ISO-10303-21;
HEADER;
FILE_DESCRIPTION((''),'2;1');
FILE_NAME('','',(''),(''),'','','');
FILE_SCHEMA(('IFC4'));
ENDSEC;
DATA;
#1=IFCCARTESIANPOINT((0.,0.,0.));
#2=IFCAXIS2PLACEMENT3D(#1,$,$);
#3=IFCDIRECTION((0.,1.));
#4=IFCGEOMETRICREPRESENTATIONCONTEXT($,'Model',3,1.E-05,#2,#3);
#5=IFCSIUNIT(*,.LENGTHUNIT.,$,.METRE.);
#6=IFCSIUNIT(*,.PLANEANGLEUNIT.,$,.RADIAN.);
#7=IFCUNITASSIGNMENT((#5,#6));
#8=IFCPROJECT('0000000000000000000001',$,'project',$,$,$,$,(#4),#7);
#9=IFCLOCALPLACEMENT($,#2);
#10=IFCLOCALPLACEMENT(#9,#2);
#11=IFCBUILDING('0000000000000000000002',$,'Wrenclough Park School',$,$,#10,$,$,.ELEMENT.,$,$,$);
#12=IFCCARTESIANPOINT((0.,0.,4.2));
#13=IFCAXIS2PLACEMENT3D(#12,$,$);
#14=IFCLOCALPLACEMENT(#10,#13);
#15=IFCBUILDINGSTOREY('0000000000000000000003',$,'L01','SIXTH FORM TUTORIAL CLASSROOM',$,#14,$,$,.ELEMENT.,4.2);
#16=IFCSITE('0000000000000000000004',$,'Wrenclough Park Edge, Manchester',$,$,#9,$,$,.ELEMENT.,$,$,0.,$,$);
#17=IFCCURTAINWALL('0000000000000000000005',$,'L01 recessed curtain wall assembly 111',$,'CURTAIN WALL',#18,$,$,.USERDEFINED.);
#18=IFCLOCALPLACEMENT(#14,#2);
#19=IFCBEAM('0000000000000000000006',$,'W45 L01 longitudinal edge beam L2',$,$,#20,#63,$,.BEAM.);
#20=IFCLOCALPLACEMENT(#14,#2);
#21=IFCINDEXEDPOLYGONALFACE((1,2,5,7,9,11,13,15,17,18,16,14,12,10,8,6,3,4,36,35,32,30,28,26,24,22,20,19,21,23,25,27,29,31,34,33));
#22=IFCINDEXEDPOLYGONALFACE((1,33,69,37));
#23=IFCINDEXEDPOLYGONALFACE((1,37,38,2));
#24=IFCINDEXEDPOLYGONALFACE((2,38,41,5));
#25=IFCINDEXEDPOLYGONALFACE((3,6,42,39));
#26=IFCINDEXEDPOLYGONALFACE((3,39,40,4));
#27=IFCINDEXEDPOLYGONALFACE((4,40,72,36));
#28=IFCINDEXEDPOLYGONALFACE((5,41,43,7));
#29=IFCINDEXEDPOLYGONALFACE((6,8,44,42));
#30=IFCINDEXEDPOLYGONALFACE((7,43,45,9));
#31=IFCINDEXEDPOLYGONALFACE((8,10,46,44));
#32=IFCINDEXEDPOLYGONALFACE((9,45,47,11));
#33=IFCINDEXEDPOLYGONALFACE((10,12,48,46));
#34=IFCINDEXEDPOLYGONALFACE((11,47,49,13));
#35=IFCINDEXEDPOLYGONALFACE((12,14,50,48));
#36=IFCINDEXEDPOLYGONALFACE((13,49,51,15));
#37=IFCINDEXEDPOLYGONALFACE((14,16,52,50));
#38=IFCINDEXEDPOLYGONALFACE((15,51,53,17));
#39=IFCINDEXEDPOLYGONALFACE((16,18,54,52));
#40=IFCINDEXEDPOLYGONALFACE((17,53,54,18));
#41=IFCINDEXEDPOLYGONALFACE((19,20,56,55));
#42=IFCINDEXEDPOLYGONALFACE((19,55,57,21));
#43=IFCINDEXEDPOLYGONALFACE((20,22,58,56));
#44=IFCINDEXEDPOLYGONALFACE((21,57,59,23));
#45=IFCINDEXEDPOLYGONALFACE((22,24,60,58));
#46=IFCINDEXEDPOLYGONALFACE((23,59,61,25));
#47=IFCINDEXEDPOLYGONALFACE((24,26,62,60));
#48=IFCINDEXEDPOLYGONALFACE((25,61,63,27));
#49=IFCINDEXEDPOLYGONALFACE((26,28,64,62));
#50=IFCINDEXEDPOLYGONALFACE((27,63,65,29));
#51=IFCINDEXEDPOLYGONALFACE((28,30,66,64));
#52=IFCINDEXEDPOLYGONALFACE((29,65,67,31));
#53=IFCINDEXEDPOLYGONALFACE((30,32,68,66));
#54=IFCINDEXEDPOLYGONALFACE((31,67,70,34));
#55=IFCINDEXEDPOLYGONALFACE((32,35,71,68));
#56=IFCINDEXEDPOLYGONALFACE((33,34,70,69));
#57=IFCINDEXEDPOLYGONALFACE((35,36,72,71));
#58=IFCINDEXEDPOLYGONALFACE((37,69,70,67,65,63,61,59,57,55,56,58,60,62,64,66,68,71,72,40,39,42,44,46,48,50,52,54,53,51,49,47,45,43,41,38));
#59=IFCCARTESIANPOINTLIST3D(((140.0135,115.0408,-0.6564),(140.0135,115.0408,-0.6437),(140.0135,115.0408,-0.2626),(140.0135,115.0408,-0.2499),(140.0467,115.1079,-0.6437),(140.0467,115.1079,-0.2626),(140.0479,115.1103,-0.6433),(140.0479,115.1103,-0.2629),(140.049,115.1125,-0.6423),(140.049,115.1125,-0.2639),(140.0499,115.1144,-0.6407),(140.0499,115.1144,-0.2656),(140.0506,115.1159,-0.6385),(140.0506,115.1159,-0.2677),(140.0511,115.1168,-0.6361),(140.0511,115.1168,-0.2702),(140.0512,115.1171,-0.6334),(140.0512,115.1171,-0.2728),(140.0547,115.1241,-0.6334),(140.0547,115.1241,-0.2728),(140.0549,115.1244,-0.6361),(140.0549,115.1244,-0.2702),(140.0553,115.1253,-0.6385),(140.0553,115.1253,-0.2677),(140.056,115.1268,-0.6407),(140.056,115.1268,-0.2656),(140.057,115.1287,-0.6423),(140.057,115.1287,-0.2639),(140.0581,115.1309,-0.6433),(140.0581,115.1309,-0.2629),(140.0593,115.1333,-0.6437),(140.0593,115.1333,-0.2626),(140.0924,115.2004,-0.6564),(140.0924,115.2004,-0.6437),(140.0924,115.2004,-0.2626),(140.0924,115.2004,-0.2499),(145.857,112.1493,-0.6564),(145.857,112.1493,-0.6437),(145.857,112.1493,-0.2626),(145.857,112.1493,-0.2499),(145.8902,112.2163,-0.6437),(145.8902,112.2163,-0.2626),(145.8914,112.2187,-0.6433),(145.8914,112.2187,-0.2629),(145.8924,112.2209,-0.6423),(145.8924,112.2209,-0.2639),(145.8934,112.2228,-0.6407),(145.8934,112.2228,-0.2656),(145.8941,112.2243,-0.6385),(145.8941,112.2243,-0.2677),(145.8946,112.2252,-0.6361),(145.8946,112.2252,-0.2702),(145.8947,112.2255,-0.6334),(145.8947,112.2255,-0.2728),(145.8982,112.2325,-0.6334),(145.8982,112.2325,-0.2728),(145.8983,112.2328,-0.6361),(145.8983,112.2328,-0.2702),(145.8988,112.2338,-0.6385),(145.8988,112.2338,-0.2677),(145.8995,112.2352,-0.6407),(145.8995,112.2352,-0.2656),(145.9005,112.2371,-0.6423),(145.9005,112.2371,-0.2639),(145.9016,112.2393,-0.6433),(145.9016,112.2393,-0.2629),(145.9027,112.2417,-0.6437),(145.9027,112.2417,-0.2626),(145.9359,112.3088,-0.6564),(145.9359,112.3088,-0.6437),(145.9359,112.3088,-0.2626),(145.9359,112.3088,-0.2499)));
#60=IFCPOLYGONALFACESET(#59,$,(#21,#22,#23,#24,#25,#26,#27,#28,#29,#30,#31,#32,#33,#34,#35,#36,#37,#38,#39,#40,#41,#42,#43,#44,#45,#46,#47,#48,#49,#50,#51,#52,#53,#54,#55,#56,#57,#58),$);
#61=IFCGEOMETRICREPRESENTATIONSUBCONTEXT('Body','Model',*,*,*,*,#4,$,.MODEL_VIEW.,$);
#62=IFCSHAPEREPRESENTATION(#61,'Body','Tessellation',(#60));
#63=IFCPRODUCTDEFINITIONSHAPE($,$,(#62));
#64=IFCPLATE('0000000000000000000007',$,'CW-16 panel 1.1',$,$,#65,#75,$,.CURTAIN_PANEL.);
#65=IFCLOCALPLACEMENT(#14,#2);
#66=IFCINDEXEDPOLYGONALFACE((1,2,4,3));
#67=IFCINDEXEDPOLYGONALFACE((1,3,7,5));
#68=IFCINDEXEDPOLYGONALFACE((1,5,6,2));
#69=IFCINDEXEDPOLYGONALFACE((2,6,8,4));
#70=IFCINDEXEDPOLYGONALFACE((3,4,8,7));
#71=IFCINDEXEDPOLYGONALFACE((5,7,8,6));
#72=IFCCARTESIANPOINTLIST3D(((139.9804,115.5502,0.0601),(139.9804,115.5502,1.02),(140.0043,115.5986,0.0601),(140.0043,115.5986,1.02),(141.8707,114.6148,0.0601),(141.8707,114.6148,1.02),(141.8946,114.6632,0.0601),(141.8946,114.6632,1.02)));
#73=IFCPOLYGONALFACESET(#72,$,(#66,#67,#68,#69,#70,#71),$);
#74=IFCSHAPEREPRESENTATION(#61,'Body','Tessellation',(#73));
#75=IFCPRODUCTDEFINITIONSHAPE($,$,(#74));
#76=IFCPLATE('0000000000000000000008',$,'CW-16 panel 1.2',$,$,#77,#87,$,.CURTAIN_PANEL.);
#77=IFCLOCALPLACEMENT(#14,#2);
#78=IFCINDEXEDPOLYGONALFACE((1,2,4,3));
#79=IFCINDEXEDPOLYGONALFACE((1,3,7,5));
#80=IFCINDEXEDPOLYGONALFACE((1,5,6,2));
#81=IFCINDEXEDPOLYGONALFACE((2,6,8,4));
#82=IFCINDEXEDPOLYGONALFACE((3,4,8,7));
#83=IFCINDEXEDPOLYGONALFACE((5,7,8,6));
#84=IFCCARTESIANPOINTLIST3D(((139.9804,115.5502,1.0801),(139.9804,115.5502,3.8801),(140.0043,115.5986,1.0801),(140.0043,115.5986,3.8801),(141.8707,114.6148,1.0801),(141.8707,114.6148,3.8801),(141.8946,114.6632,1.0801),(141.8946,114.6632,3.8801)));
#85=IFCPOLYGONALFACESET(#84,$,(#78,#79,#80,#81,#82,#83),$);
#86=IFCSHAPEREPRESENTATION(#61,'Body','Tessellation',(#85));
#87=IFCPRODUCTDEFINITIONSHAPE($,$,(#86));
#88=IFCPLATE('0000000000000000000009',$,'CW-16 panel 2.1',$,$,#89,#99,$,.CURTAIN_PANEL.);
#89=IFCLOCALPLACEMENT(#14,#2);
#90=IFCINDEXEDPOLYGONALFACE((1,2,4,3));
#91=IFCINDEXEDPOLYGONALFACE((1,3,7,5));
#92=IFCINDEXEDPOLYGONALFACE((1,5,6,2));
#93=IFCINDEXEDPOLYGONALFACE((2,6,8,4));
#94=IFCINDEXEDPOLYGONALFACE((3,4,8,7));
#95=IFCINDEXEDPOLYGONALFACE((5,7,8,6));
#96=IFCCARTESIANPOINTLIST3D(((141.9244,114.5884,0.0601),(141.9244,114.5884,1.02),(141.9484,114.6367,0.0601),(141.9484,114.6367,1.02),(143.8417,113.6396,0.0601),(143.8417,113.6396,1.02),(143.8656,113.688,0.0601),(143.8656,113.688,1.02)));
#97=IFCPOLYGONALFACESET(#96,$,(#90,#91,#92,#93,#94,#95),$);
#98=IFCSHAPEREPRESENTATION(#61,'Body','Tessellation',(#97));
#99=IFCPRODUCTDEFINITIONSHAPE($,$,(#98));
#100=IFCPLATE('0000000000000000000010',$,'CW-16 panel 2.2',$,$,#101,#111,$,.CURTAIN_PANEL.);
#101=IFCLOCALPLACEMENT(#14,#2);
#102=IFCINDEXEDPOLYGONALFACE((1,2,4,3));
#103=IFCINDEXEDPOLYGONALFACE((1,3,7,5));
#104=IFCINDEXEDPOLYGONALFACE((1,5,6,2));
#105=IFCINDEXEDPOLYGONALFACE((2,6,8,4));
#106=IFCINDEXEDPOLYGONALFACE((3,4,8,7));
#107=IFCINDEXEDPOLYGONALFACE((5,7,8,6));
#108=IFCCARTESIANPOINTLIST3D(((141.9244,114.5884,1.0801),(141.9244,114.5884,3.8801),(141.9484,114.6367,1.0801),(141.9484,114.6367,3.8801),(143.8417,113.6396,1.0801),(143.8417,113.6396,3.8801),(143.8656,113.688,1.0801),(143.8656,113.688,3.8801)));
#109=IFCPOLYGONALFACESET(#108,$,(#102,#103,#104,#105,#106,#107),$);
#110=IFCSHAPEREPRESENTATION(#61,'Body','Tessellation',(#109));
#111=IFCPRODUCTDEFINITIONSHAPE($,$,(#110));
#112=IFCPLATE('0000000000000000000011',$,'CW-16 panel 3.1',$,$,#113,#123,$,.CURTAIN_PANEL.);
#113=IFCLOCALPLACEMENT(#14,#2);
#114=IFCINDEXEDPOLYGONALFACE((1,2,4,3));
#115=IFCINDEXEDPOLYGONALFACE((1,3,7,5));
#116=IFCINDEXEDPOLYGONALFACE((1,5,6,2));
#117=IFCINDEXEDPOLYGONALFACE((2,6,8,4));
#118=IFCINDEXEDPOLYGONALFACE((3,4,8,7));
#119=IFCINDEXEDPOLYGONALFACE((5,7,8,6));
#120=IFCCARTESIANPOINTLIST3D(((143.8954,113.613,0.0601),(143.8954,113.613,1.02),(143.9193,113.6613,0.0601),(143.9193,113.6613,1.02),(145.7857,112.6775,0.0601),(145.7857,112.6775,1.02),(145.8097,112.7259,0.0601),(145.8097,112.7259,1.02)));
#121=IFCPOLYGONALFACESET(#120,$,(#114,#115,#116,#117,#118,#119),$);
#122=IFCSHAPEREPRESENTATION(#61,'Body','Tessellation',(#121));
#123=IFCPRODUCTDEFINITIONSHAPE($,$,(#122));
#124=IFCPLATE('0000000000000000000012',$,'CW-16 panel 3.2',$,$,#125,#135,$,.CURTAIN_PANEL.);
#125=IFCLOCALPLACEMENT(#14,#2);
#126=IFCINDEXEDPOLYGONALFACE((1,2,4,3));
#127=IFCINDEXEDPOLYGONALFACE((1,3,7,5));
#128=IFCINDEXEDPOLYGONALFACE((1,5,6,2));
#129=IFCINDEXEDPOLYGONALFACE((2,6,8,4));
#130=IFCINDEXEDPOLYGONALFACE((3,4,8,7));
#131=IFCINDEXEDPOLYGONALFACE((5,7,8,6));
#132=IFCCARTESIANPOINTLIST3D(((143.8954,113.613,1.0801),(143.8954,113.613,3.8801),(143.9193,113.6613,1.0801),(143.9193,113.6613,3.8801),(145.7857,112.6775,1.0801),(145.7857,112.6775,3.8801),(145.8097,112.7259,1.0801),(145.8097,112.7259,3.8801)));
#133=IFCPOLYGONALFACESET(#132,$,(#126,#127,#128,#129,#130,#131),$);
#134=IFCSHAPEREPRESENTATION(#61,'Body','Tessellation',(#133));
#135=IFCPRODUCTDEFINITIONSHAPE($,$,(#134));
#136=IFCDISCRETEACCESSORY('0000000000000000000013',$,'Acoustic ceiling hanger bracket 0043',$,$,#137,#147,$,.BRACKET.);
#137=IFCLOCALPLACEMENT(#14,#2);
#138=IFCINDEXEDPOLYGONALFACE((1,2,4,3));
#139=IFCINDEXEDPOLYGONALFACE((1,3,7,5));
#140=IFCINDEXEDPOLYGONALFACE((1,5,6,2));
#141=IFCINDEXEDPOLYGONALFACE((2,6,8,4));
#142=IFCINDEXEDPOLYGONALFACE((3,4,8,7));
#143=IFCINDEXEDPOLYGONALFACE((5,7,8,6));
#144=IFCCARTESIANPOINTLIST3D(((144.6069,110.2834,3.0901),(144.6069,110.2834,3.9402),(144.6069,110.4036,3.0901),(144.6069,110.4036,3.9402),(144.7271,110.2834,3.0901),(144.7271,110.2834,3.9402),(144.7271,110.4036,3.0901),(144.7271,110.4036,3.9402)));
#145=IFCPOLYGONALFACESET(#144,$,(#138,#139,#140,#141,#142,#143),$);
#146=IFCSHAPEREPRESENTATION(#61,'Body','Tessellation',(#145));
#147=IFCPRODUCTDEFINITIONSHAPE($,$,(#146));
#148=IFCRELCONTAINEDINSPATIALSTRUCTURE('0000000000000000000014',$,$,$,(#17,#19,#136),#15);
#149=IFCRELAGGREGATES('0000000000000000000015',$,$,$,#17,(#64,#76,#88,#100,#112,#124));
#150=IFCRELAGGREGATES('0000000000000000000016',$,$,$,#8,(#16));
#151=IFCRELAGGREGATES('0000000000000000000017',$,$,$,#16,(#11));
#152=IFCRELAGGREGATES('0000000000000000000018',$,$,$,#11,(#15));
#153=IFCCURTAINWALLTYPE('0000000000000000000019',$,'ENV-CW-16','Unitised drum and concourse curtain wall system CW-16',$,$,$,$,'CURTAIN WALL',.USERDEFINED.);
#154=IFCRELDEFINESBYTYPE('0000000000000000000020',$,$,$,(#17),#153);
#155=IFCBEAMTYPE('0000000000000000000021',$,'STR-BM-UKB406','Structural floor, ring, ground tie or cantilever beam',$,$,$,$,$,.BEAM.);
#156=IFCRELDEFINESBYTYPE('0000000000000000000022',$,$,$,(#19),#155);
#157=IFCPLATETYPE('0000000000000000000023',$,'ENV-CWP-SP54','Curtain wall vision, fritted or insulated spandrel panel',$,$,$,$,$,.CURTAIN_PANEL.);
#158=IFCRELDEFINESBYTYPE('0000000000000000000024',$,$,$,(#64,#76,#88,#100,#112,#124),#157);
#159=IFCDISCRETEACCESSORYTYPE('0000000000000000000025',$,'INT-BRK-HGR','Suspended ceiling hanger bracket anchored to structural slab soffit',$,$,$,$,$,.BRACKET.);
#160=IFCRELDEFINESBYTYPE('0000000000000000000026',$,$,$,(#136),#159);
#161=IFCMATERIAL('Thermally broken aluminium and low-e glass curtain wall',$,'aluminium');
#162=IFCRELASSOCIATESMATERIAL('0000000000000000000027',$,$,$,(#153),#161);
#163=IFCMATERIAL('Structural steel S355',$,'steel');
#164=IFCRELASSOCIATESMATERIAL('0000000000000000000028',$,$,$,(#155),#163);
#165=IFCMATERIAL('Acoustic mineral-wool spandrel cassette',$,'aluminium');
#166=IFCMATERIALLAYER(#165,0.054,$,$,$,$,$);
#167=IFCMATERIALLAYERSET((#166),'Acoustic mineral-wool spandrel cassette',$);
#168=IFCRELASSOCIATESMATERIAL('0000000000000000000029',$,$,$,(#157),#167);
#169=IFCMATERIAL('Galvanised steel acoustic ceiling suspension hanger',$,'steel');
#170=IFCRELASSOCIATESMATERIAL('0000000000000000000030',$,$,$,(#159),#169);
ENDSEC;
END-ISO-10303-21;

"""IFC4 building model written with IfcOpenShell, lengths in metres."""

from ifc_helpers import new_model, si_unit, direction, frame, origin, origin_2d, place, context, subcontext, project, spatial, rectangle, i_section, extrude, material, layer, layer_set, material_profile, profile_set, type_object, element, aggregate, save


model = new_model("IFC4")

# Units and contexts
model_context = context("Model", 3, precision=1e-05, world=origin(), true_north=direction((0.0, 1.0)))
body_context = subcontext(model_context, "Body", "Model", "MODEL_VIEW")
ifc_project = project(units=[si_unit("LENGTHUNIT", "METRE"), si_unit("PLANEANGLEUNIT", "RADIAN")], contexts=[model_context])

# Site, building, storey
site_placement = place(None, origin())
site = spatial("IfcSite", under=ifc_project, at=site_placement, Name="Wrenclough Park Edge, Manchester", CompositionType="ELEMENT", RefElevation=0.0)
building_placement = place(site_placement, origin())
building = spatial("IfcBuilding", under=site, at=building_placement, Name="Wrenclough Park School", CompositionType="ELEMENT")
storey_placement = place(building_placement, frame((0.0, 0.0, 4.2)))
storey = spatial("IfcBuildingStorey", under=building, at=storey_placement, Name="L01", Description="SIXTH FORM TUTORIAL CLASSROOM", CompositionType="ELEMENT", Elevation=4.2)

# Curtain wall
ifc_material_1 = material(Name="Thermally broken aluminium and low-e glass curtain wall", Category="aluminium")
curtain_wall_type_1 = type_object("IfcCurtainWallType", Name="ENV-CW-16", Description="Unitised drum and concourse curtain wall system CW-16", ElementType="CURTAIN WALL", PredefinedType="USERDEFINED", material=ifc_material_1)
curtain_wall_1_placement = place(storey_placement, origin())
curtain_wall_1 = element("IfcCurtainWall", 1, at=curtain_wall_1_placement, inside=storey, type_object=curtain_wall_type_1, Name="L01 recessed curtain wall assembly 111", ObjectType="CURTAIN WALL", PredefinedType="USERDEFINED")

# Beam
ifc_material_2 = material(Name="Structural steel S355", Category="steel")
ifc_material_profile_1 = material_profile(ifc_material_2, i_section(OverallWidth=0.178, OverallDepth=0.4065, WebThickness=0.0078, FlangeThickness=0.0127, FilletRadius=0.0103, at=origin_2d()), Name="UKB 406x178x60")
ifc_profile_set_1 = profile_set([ifc_material_profile_1], Name="Structural steel S355")
beam_type_1 = type_object("IfcBeamType", Name="STR-BM-UKB406", Description="Structural floor, ring, ground tie or cantilever beam", PredefinedType="BEAM", material=ifc_profile_set_1)
beam_1_placement = place(storey_placement, frame((140.053, 115.1206, -0.4531), z_axis=(0.896269, -0.44351, 0.0), x_axis=(0.44351, 0.896269, 0.0)))
element("IfcBeam", 2, at=beam_1_placement, inside=storey, type_object=beam_type_1, Name="W45 L01 longitudinal edge beam L2", PredefinedType="BEAM", context=body_context, shape_type="SweptSolid", body=[
    extrude(i_section(OverallWidth=0.178, OverallDepth=0.4065, WebThickness=0.0078, FlangeThickness=0.0127, FilletRadius=0.0103, at=origin_2d()), origin(), (0.0, 0.0, 1.0), 6.5198),
])

# Plates
ifc_material_3 = material(Name="Acoustic mineral-wool spandrel cassette", Category="aluminium")
ifc_layer = layer(ifc_material_3, 0.054)
ifc_layer_set = layer_set([ifc_layer], Name="Acoustic mineral-wool spandrel cassette")
plate_type = type_object("IfcPlateType", Name="ENV-CWP-SP54", Description="Curtain wall vision, fritted or insulated spandrel panel", PredefinedType="CURTAIN_PANEL", material=ifc_layer_set)
plate_1_placement = place(storey_placement, frame((140.9375, 115.1067, 0.0601), z_axis=(0.0, 0.0, 1.0), x_axis=(0.896269, -0.443511, 0.0)))
plate_1 = element("IfcPlate", 3, at=plate_1_placement, type_object=plate_type, Name="CW-16 panel 1.1", PredefinedType="CURTAIN_PANEL", context=body_context, shape_type="SweptSolid", body=[
    extrude(rectangle(XDim=2.1091, YDim=0.054, at=origin_2d()), origin(), (0.0, 0.0, 1.0), 0.96),
])
plate_2_placement = place(storey_placement, frame((140.9375, 115.1067, 1.0801), z_axis=(0.0, 0.0, 1.0), x_axis=(0.896269, -0.443511, 0.0)))
plate_2 = element("IfcPlate", 4, at=plate_2_placement, type_object=plate_type, Name="CW-16 panel 1.2", PredefinedType="CURTAIN_PANEL", context=body_context, shape_type="SweptSolid", body=[
    extrude(rectangle(XDim=2.1091, YDim=0.054, at=origin_2d()), origin(), (0.0, 0.0, 1.0), 2.8),
])
plate_3_placement = place(storey_placement, frame((142.895, 114.1382, 0.0601), z_axis=(0.0, 0.0, 1.0), x_axis=(0.896269, -0.443511, 0.0)))
plate_3 = element("IfcPlate", 5, at=plate_3_placement, type_object=plate_type, Name="CW-16 panel 2.1", PredefinedType="CURTAIN_PANEL", context=body_context, shape_type="SweptSolid", body=[
    extrude(rectangle(XDim=2.1392, YDim=0.054, at=origin_2d()), origin(), (0.0, 0.0, 1.0), 0.96),
])
plate_4_placement = place(storey_placement, frame((142.895, 114.1382, 1.0801), z_axis=(0.0, 0.0, 1.0), x_axis=(0.896269, -0.443511, 0.0)))
plate_4 = element("IfcPlate", 6, at=plate_4_placement, type_object=plate_type, Name="CW-16 panel 2.2", PredefinedType="CURTAIN_PANEL", context=body_context, shape_type="SweptSolid", body=[
    extrude(rectangle(XDim=2.1392, YDim=0.054, at=origin_2d()), origin(), (0.0, 0.0, 1.0), 2.8),
])
plate_5_placement = place(storey_placement, frame((144.8525, 113.1694, 0.0601), z_axis=(0.0, 0.0, 1.0), x_axis=(0.896269, -0.443511, 0.0)))
plate_5 = element("IfcPlate", 7, at=plate_5_placement, type_object=plate_type, Name="CW-16 panel 3.1", PredefinedType="CURTAIN_PANEL", context=body_context, shape_type="SweptSolid", body=[
    extrude(rectangle(XDim=2.1091, YDim=0.054, at=origin_2d()), origin(), (0.0, 0.0, 1.0), 0.96),
])
plate_6_placement = place(storey_placement, frame((144.8525, 113.1694, 1.0801), z_axis=(0.0, 0.0, 1.0), x_axis=(0.896269, -0.443511, 0.0)))
plate_6 = element("IfcPlate", 8, at=plate_6_placement, type_object=plate_type, Name="CW-16 panel 3.2", PredefinedType="CURTAIN_PANEL", context=body_context, shape_type="SweptSolid", body=[
    extrude(rectangle(XDim=2.1091, YDim=0.054, at=origin_2d()), origin(), (0.0, 0.0, 1.0), 2.8),
])
aggregate(curtain_wall_1, [plate_1, plate_2, plate_3, plate_4, plate_5, plate_6])

# Discrete accessory
ifc_material_4 = material(Name="Galvanised steel acoustic ceiling suspension hanger", Category="steel")
discrete_accessory_type = type_object("IfcDiscreteAccessoryType", Name="INT-BRK-HGR", Description="Suspended ceiling hanger bracket anchored to structural slab soffit", PredefinedType="BRACKET", material=ifc_material_4)
discrete_accessory_placement = place(storey_placement, frame((144.667, 110.3435, 3.0901), z_axis=(0.0, 0.0, 1.0), x_axis=(1.0, 0.0, 0.0)))
element("IfcDiscreteAccessory", 9, at=discrete_accessory_placement, inside=storey, type_object=discrete_accessory_type, Name="Acoustic ceiling hanger bracket 0043", PredefinedType="BRACKET", context=body_context, shape_type="SweptSolid", body=[
    extrude(rectangle(XDim=0.1201, YDim=0.1201, at=origin_2d()), origin(), (0.0, 0.0, 1.0), 0.8501),
])

save(model, "model.ifc")
